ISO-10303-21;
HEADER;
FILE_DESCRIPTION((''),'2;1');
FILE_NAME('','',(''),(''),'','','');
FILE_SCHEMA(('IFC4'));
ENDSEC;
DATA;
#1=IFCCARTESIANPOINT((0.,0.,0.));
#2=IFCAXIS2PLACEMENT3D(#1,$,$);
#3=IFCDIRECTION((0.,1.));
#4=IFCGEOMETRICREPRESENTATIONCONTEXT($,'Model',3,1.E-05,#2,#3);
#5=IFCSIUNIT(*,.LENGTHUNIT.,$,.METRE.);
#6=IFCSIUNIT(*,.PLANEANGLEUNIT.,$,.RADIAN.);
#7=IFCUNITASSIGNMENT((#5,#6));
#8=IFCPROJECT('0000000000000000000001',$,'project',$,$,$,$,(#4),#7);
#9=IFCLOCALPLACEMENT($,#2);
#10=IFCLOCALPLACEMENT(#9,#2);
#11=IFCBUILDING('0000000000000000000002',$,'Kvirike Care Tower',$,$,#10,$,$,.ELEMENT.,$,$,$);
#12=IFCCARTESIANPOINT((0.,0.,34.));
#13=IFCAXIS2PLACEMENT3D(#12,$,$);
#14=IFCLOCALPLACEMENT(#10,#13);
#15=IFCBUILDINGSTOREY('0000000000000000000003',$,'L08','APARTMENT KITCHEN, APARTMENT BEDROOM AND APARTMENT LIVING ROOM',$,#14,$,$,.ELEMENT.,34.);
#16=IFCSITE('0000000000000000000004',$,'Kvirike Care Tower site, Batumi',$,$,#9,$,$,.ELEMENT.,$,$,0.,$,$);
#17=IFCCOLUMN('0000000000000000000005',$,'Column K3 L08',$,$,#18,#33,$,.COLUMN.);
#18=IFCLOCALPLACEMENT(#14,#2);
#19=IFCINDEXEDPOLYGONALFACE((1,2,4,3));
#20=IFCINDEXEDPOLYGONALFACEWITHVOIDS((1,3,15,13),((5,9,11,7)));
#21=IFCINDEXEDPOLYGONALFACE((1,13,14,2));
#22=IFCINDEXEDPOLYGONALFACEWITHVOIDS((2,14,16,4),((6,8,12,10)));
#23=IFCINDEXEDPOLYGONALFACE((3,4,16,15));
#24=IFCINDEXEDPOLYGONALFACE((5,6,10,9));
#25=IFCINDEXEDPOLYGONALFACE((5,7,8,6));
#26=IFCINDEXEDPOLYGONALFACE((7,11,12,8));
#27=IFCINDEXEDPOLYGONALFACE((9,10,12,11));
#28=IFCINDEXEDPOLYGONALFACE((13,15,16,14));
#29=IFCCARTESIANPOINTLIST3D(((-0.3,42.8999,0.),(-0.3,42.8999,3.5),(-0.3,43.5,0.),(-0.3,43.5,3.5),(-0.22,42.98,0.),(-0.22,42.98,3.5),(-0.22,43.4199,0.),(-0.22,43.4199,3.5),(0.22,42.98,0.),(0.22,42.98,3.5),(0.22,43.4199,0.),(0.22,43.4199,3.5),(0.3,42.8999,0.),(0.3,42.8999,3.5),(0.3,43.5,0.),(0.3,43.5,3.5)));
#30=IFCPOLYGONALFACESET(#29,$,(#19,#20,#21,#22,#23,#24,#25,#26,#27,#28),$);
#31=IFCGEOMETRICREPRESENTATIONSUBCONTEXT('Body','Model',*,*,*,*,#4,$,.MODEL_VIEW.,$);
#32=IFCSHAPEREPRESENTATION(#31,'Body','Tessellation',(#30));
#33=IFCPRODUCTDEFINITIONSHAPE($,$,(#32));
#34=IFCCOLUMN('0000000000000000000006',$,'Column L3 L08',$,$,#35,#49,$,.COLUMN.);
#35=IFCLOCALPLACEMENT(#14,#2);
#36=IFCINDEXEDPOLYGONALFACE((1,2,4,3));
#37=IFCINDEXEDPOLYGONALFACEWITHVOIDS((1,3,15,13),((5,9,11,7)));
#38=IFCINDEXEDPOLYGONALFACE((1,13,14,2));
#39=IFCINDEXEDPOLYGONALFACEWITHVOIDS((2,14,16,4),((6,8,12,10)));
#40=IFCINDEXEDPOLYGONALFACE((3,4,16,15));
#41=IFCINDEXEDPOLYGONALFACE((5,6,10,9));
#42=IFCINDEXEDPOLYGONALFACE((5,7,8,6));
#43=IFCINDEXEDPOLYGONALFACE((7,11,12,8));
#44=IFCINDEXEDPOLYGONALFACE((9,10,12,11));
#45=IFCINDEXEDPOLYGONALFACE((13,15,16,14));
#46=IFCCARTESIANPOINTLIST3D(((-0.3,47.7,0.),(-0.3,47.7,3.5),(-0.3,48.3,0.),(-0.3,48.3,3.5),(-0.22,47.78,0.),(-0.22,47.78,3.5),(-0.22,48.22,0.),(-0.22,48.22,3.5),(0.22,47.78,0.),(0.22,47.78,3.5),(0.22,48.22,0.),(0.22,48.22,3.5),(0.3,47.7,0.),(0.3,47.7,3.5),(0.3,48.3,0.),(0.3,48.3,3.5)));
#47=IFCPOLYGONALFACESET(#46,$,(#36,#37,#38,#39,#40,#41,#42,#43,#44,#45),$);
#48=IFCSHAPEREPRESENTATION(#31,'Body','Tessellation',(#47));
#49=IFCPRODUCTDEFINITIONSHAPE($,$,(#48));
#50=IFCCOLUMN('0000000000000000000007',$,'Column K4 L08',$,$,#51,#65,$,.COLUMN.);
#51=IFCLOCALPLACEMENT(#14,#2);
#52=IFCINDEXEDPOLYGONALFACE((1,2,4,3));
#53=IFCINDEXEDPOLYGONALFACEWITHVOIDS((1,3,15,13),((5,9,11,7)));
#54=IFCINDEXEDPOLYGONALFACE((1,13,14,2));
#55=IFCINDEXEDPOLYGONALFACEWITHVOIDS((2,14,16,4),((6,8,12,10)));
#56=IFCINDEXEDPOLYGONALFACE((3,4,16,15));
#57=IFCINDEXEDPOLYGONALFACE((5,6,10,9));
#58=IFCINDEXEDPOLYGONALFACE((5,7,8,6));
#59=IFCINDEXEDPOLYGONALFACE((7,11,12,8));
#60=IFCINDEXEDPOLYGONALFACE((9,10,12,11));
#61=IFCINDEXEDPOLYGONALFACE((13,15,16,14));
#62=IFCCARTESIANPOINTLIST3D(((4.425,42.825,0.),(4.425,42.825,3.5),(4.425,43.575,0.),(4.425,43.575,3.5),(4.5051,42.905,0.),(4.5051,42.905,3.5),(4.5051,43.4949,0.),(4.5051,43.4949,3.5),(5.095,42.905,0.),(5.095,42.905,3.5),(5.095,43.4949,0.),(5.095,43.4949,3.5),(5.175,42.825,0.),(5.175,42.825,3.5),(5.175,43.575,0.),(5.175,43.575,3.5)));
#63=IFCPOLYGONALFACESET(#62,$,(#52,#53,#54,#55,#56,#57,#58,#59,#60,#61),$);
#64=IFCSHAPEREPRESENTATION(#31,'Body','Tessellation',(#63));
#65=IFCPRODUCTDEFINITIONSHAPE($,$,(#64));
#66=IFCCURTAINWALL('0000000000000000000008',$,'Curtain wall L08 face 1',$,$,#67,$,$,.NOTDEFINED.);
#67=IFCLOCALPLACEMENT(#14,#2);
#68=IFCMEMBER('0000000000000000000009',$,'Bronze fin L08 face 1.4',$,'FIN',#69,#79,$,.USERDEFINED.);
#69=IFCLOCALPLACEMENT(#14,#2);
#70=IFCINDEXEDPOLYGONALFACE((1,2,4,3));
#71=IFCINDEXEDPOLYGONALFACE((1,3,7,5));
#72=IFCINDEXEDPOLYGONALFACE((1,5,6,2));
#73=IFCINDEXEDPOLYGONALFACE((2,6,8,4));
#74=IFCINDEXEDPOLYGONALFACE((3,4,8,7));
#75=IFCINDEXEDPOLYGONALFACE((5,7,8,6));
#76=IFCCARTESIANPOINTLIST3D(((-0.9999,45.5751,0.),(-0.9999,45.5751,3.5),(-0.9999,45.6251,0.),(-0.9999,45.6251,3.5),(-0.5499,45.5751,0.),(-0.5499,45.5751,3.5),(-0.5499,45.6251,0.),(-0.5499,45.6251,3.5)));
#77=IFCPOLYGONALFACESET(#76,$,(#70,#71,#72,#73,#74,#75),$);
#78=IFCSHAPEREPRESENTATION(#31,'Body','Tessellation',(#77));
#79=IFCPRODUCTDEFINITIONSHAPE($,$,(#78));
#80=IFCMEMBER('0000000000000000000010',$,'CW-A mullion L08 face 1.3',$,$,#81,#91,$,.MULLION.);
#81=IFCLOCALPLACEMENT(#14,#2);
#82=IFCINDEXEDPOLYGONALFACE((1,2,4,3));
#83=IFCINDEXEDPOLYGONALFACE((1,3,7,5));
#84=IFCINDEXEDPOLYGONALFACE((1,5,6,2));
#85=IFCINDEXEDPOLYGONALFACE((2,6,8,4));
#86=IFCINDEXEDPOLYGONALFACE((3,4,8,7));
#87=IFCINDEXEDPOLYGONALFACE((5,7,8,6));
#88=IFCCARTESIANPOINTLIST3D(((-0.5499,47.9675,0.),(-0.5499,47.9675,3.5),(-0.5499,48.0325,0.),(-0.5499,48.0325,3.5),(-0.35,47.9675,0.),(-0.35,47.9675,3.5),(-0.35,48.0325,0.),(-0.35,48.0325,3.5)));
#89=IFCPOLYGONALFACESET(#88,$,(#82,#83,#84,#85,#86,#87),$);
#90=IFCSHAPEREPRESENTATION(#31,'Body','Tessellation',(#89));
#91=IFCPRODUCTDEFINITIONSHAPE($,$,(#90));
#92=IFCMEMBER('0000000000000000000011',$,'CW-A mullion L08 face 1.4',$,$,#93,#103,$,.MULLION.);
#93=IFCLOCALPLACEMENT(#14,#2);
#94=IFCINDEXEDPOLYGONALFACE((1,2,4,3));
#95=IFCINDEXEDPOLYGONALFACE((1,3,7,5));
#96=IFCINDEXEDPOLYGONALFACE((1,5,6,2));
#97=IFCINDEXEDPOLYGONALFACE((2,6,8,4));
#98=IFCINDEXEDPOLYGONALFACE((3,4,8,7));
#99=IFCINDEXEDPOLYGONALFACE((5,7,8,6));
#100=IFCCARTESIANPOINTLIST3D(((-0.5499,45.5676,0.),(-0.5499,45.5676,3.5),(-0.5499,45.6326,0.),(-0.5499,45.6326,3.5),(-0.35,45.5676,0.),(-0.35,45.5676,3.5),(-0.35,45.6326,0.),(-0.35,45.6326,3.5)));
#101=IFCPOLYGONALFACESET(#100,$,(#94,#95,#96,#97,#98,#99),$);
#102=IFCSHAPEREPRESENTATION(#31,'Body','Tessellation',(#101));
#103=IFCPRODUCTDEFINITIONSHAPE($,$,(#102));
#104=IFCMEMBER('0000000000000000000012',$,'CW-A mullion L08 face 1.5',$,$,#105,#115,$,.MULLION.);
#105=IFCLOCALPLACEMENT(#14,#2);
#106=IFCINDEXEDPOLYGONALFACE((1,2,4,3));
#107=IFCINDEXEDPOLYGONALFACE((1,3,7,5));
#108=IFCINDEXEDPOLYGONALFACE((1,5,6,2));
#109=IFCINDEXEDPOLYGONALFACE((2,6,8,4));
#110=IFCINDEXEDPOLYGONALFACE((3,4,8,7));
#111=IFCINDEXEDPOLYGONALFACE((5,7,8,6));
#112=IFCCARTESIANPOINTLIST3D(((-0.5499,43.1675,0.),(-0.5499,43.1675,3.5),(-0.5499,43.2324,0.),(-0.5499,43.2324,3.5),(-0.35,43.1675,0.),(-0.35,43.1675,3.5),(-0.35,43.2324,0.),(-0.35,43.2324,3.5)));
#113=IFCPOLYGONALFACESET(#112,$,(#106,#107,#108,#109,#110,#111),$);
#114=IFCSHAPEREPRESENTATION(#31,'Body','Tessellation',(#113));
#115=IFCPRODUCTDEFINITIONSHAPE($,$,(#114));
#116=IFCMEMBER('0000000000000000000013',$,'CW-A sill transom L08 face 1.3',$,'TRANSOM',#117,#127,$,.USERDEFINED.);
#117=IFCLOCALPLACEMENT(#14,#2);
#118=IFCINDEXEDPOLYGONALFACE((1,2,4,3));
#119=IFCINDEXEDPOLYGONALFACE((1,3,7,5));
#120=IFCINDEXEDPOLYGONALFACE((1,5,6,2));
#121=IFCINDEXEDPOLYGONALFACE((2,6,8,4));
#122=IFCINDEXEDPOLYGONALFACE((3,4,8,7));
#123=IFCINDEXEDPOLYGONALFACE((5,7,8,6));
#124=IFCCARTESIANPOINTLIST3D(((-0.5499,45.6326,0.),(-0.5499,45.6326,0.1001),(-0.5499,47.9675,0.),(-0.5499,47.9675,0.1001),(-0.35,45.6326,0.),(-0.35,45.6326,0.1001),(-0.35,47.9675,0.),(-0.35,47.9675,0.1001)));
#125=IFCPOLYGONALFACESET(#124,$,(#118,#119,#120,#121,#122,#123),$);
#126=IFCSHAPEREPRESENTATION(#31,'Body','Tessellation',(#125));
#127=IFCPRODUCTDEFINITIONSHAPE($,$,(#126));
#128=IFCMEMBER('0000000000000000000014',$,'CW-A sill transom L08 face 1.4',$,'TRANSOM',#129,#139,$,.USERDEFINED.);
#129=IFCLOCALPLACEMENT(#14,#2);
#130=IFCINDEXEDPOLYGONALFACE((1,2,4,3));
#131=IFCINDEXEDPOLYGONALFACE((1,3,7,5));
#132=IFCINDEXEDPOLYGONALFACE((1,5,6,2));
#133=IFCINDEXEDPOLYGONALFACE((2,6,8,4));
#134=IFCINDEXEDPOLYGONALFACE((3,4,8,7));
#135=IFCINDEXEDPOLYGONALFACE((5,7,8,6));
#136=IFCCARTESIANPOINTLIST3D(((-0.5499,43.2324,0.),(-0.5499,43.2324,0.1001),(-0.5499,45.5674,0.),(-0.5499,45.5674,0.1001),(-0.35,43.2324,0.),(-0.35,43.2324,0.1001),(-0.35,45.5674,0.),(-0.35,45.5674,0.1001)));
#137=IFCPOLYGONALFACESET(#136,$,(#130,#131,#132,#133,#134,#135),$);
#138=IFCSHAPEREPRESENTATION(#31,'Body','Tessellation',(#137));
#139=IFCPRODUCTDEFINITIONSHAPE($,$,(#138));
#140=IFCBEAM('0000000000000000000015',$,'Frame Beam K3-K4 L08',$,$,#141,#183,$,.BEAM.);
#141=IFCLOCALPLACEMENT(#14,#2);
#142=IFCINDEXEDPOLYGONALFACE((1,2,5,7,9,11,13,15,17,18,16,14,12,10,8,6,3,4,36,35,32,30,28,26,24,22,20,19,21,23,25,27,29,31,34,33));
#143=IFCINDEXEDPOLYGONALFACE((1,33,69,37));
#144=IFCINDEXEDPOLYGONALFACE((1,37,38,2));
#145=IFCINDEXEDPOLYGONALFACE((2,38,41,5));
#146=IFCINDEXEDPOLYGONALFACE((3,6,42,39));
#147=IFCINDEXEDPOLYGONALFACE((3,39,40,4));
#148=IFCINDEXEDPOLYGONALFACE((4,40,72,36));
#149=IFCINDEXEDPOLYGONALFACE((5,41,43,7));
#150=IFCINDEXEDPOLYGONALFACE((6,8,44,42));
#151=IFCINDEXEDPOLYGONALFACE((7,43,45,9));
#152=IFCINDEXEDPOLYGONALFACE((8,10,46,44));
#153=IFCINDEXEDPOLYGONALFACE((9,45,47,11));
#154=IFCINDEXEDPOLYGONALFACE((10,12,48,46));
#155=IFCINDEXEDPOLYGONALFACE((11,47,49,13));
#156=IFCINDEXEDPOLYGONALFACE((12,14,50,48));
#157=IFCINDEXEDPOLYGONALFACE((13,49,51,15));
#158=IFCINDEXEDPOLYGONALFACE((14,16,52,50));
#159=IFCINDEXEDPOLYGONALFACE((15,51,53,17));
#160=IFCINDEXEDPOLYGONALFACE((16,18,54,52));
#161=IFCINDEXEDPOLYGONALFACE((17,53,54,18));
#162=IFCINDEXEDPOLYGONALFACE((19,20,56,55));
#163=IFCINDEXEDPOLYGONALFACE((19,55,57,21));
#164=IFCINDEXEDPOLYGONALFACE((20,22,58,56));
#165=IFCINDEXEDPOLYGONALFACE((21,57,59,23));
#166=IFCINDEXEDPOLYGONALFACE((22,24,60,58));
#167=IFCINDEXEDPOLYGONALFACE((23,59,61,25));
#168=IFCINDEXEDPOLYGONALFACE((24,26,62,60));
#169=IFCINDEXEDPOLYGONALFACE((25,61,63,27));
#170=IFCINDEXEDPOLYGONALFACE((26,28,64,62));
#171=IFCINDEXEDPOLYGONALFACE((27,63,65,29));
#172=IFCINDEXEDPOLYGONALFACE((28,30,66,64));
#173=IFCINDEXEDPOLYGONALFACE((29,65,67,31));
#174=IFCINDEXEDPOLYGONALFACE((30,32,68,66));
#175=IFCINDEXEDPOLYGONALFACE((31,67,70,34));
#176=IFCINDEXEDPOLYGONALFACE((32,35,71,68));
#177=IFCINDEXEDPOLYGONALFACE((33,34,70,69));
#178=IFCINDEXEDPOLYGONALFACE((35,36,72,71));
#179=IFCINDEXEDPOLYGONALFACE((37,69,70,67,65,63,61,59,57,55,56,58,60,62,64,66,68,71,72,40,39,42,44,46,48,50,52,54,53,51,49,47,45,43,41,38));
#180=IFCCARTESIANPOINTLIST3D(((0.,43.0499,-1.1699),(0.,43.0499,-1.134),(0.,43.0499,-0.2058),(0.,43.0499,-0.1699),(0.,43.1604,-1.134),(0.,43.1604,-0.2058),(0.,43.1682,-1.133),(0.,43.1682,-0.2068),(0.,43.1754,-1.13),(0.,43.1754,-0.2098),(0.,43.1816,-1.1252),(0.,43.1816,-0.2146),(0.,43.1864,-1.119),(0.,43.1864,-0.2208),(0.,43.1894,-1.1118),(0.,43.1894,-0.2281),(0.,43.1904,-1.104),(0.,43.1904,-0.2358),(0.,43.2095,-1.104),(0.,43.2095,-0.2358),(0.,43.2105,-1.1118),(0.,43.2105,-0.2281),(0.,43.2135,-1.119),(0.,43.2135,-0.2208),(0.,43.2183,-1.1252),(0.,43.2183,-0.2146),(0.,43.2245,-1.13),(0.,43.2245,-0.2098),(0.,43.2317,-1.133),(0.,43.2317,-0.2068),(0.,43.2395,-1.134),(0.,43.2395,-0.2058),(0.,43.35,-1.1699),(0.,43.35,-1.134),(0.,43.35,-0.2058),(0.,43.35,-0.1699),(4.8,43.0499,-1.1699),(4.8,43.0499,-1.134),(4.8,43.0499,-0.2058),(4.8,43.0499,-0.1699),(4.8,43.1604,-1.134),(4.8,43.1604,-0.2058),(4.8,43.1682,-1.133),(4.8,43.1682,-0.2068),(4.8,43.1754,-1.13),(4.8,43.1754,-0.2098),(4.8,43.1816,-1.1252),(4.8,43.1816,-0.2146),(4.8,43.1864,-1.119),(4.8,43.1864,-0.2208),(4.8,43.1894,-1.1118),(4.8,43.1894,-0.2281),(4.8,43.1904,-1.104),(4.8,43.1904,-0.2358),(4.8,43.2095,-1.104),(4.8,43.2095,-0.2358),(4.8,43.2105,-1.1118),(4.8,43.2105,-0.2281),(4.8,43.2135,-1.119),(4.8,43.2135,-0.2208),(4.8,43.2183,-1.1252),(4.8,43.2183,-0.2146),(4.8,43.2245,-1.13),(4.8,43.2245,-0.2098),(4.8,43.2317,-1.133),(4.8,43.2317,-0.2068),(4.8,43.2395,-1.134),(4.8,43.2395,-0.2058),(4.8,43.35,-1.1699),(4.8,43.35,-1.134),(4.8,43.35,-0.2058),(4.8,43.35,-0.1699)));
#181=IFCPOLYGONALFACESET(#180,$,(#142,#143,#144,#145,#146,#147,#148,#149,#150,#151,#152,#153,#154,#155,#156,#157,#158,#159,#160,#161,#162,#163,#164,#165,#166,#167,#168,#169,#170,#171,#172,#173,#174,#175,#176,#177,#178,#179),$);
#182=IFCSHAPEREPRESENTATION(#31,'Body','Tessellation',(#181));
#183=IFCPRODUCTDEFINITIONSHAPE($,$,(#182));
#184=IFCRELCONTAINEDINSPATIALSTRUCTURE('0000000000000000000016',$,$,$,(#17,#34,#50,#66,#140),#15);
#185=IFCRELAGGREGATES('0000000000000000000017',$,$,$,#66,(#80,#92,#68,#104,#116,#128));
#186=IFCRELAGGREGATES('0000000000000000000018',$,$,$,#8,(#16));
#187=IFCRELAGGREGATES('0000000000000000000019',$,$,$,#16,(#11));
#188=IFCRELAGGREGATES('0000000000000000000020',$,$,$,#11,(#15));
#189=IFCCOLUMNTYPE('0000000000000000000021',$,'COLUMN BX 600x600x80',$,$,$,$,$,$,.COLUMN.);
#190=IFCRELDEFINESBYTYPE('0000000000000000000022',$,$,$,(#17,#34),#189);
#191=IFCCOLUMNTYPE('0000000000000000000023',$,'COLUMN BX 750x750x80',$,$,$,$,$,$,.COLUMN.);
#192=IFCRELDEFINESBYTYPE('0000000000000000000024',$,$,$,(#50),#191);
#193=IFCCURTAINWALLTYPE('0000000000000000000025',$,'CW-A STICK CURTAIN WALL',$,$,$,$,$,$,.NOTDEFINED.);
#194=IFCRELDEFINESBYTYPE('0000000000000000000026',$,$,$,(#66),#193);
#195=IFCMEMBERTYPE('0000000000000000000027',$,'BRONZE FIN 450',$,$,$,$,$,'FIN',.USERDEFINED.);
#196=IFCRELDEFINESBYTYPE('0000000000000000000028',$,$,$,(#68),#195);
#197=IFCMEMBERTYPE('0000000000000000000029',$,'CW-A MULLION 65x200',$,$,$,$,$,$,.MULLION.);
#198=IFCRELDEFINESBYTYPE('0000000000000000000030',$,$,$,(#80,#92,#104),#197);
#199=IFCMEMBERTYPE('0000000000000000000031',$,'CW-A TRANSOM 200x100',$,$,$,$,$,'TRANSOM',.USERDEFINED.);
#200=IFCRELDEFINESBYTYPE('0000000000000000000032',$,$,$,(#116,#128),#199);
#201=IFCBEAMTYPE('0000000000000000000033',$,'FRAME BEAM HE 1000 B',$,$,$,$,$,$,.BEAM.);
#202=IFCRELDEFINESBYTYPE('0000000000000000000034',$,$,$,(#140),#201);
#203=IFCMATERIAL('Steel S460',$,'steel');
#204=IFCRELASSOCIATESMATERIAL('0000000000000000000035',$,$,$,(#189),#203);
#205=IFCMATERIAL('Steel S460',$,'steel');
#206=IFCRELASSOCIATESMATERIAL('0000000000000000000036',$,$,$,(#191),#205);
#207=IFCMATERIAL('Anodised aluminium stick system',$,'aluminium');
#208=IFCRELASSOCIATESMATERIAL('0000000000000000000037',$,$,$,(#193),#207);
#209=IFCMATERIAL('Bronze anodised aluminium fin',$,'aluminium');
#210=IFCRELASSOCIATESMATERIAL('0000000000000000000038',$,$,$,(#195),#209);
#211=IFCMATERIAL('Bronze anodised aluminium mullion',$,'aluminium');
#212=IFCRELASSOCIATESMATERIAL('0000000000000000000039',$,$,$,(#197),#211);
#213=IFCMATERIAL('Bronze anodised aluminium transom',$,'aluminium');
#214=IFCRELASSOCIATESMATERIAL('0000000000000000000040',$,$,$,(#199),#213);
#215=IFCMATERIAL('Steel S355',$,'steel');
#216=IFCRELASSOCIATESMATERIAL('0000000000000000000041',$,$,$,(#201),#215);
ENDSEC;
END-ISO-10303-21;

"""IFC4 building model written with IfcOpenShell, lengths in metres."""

from ifc_helpers import new_model, si_unit, direction, frame, origin, origin_2d, place, context, subcontext, project, spatial, rectangle, hollow_rectangle, i_section, extrude, material, material_profile, profile_set, type_object, element, aggregate, save


model = new_model("IFC4")

# Units and contexts
model_context = context("Model", 3, precision=1e-05, world=origin(), true_north=direction((0.0, 1.0)))
body_context = subcontext(model_context, "Body", "Model", "MODEL_VIEW")
ifc_project = project(units=[si_unit("LENGTHUNIT", "METRE"), si_unit("PLANEANGLEUNIT", "RADIAN")], contexts=[model_context])

# Site, building, storey
site_placement = place(None, origin())
site = spatial("IfcSite", under=ifc_project, at=site_placement, Name="Kvirike Care Tower site, Batumi", CompositionType="ELEMENT", RefElevation=0.0)
building_placement = place(site_placement, origin())
building = spatial("IfcBuilding", under=site, at=building_placement, Name="Kvirike Care Tower", CompositionType="ELEMENT")
storey_placement = place(building_placement, frame((0.0, 0.0, 34.0)))
storey = spatial("IfcBuildingStorey", under=building, at=storey_placement, Name="L08", Description="APARTMENT KITCHEN, APARTMENT BEDROOM AND APARTMENT LIVING ROOM", CompositionType="ELEMENT", Elevation=34.0)

# Columns
ifc_material_1 = material(Name="Steel S460", Category="steel")
ifc_material_profile_1 = material_profile(ifc_material_1, hollow_rectangle(XDim=0.6001, YDim=0.6001, WallThickness=0.0801, at=origin_2d()), Name="BX 600x600x80")
ifc_profile_set_1 = profile_set([ifc_material_profile_1], Name="Steel S460")
column_type_1 = type_object("IfcColumnType", Name="COLUMN BX 600x600x80", PredefinedType="COLUMN", material=ifc_profile_set_1)
for number, where, z_axis, x_axis, name in (
    (1, (0.0, 43.2, 0.0), (0.0, 0.0, 1.0), (0.0, 1.0, 0.0), "Column K3 L08"),
    (2, (0.0, 48.0, 0.0), (0.0, 0.0, 1.0), (1.0, 0.0, 0.0), "Column L3 L08"),
):
    element("IfcColumn", number, at=place(storey_placement, frame(where, z_axis=z_axis, x_axis=x_axis)), inside=storey, type_object=column_type_1, Name=name, PredefinedType="COLUMN", context=body_context, shape_type="SweptSolid", body=[
        extrude(hollow_rectangle(XDim=0.6001, YDim=0.6001, WallThickness=0.0801, at=origin_2d()), origin(), (0.0, 0.0, 1.0), 3.5),
    ])
ifc_material_2 = material(Name="Steel S460", Category="steel")
ifc_material_profile_2 = material_profile(ifc_material_2, hollow_rectangle(XDim=0.75, YDim=0.75, WallThickness=0.0801, at=origin_2d()), Name="BX 750x750x80")
ifc_profile_set_2 = profile_set([ifc_material_profile_2], Name="Steel S460")
column_type_2 = type_object("IfcColumnType", Name="COLUMN BX 750x750x80", PredefinedType="COLUMN", material=ifc_profile_set_2)
column_placement = place(storey_placement, frame((4.8, 43.2, 0.0), z_axis=(0.0, 0.0, 1.0), x_axis=(0.0, 1.0, 0.0)))
element("IfcColumn", 3, at=column_placement, inside=storey, type_object=column_type_2, Name="Column K4 L08", PredefinedType="COLUMN", context=body_context, shape_type="SweptSolid", body=[
    extrude(hollow_rectangle(XDim=0.75, YDim=0.75, WallThickness=0.0801, at=origin_2d()), origin(), (0.0, 0.0, 1.0), 3.5),
])

# Curtain wall, members
ifc_material_3 = material(Name="Anodised aluminium stick system", Category="aluminium")
curtain_wall_type = type_object("IfcCurtainWallType", Name="CW-A STICK CURTAIN WALL", PredefinedType="NOTDEFINED", material=ifc_material_3)
curtain_wall_placement = place(storey_placement, origin())
curtain_wall = element("IfcCurtainWall", 4, at=curtain_wall_placement, inside=storey, type_object=curtain_wall_type, Name="Curtain wall L08 face 1", PredefinedType="NOTDEFINED")
ifc_material_4 = material(Name="Bronze anodised aluminium fin", Category="aluminium")
ifc_material_profile_3 = material_profile(ifc_material_4, rectangle(XDim=0.05, YDim=0.45, at=origin_2d()), Name="BRONZE FIN 450")
ifc_profile_set_3 = profile_set([ifc_material_profile_3], Name="Bronze anodised aluminium fin")
member_type_1 = type_object("IfcMemberType", Name="BRONZE FIN 450", ElementType="FIN", PredefinedType="USERDEFINED", material=ifc_profile_set_3)
member_1_placement = place(storey_placement, frame((-0.7749, 45.6001, 0.0), z_axis=(0.0, 0.0, 1.0), x_axis=(0.0, -1.0, 0.0)))
member_1 = element("IfcMember", 5, at=member_1_placement, type_object=member_type_1, Name="Bronze fin L08 face 1.4", ObjectType="FIN", PredefinedType="USERDEFINED", context=body_context, shape_type="SweptSolid", body=[
    extrude(rectangle(XDim=0.05, YDim=0.45, at=origin_2d()), origin(), (0.0, 0.0, 1.0), 3.5),
])
ifc_material_5 = material(Name="Bronze anodised aluminium mullion", Category="aluminium")
ifc_material_profile_4 = material_profile(ifc_material_5, rectangle(XDim=0.0649, YDim=0.2, at=origin_2d()), Name="CW-A MULLION 65x200")
ifc_profile_set_4 = profile_set([ifc_material_profile_4], Name="Bronze anodised aluminium mullion")
member_type_2 = type_object("IfcMemberType", Name="CW-A MULLION 65x200", PredefinedType="MULLION", material=ifc_profile_set_4)
member_2_placement = place(storey_placement, frame((-0.45, 48.0, 0.0), z_axis=(0.0, 0.0, 1.0), x_axis=(0.0, -1.0, 0.0)))
member_2 = element("IfcMember", 6, at=member_2_placement, type_object=member_type_2, Name="CW-A mullion L08 face 1.3", PredefinedType="MULLION", context=body_context, shape_type="SweptSolid", body=[
    extrude(rectangle(XDim=0.0649, YDim=0.2, at=origin_2d()), origin(), (0.0, 0.0, 1.0), 3.5),
])
member_3_placement = place(storey_placement, frame((-0.45, 45.6001, 0.0), z_axis=(0.0, 0.0, 1.0), x_axis=(0.0, -1.0, 0.0)))
member_3 = element("IfcMember", 7, at=member_3_placement, type_object=member_type_2, Name="CW-A mullion L08 face 1.4", PredefinedType="MULLION", context=body_context, shape_type="SweptSolid", body=[
    extrude(rectangle(XDim=0.0649, YDim=0.2, at=origin_2d()), origin(), (0.0, 0.0, 1.0), 3.5),
])
member_4_placement = place(storey_placement, frame((-0.45, 43.2, 0.0), z_axis=(0.0, 0.0, 1.0), x_axis=(0.0, -1.0, 0.0)))
member_4 = element("IfcMember", 8, at=member_4_placement, type_object=member_type_2, Name="CW-A mullion L08 face 1.5", PredefinedType="MULLION", context=body_context, shape_type="SweptSolid", body=[
    extrude(rectangle(XDim=0.0649, YDim=0.2, at=origin_2d()), origin(), (0.0, 0.0, 1.0), 3.5),
])
ifc_material_6 = material(Name="Bronze anodised aluminium transom", Category="aluminium")
ifc_material_profile_5 = material_profile(ifc_material_6, rectangle(XDim=0.2, YDim=0.1001, at=origin_2d()), Name="CW-A TRANSOM 200x100")
ifc_profile_set_5 = profile_set([ifc_material_profile_5], Name="Bronze anodised aluminium transom")
member_type_3 = type_object("IfcMemberType", Name="CW-A TRANSOM 200x100", ElementType="TRANSOM", PredefinedType="USERDEFINED", material=ifc_profile_set_5)
member_5_placement = place(storey_placement, frame((-0.45, 47.9675, 0.05), z_axis=(0.0, -1.0, 0.0), x_axis=(1.0, 0.0, 0.0)))
member_5 = element("IfcMember", 9, at=member_5_placement, type_object=member_type_3, Name="CW-A sill transom L08 face 1.3", ObjectType="TRANSOM", PredefinedType="USERDEFINED", context=body_context, shape_type="SweptSolid", body=[
    extrude(rectangle(XDim=0.2, YDim=0.1001, at=origin_2d()), origin(), (0.0, 0.0, 1.0), 2.335),
])
member_6_placement = place(storey_placement, frame((-0.45, 45.5674, 0.05), z_axis=(0.0, -1.0, 0.0), x_axis=(1.0, 0.0, 0.0)))
member_6 = element("IfcMember", 10, at=member_6_placement, type_object=member_type_3, Name="CW-A sill transom L08 face 1.4", ObjectType="TRANSOM", PredefinedType="USERDEFINED", context=body_context, shape_type="SweptSolid", body=[
    extrude(rectangle(XDim=0.2, YDim=0.1001, at=origin_2d()), origin(), (0.0, 0.0, 1.0), 2.335),
])

# Beam
ifc_material_7 = material(Name="Steel S355", Category="steel")
ifc_material_profile_6 = material_profile(ifc_material_7, i_section(OverallWidth=0.3, OverallDepth=1.0, WebThickness=0.019, FlangeThickness=0.0359, FilletRadius=0.03, at=origin_2d()), Name="HE 1000 B")
ifc_profile_set_6 = profile_set([ifc_material_profile_6], Name="Steel S355")
beam_type_1 = type_object("IfcBeamType", Name="FRAME BEAM HE 1000 B", PredefinedType="BEAM", material=ifc_profile_set_6)
for number, where, z_axis, x_axis, name in (
    (11, (0.0, 43.2, -0.6699), (1.0, 0.0, 0.0), (0.0, 1.0, 0.0), "Frame Beam K3-K4 L08"),
):
    element("IfcBeam", number, at=place(storey_placement, frame(where, z_axis=z_axis, x_axis=x_axis)), inside=storey, type_object=beam_type_1, Name=name, PredefinedType="BEAM", context=body_context, shape_type="SweptSolid", body=[
        extrude(i_section(OverallWidth=0.3, OverallDepth=1.0, WebThickness=0.019, FlangeThickness=0.0359, FilletRadius=0.03, at=origin_2d()), origin(), (0.0, 0.0, 1.0), 4.8),
    ])

aggregate(curtain_wall, [member_2, member_3, member_1, member_4, member_5, member_6])

save(model, "model.ifc")
